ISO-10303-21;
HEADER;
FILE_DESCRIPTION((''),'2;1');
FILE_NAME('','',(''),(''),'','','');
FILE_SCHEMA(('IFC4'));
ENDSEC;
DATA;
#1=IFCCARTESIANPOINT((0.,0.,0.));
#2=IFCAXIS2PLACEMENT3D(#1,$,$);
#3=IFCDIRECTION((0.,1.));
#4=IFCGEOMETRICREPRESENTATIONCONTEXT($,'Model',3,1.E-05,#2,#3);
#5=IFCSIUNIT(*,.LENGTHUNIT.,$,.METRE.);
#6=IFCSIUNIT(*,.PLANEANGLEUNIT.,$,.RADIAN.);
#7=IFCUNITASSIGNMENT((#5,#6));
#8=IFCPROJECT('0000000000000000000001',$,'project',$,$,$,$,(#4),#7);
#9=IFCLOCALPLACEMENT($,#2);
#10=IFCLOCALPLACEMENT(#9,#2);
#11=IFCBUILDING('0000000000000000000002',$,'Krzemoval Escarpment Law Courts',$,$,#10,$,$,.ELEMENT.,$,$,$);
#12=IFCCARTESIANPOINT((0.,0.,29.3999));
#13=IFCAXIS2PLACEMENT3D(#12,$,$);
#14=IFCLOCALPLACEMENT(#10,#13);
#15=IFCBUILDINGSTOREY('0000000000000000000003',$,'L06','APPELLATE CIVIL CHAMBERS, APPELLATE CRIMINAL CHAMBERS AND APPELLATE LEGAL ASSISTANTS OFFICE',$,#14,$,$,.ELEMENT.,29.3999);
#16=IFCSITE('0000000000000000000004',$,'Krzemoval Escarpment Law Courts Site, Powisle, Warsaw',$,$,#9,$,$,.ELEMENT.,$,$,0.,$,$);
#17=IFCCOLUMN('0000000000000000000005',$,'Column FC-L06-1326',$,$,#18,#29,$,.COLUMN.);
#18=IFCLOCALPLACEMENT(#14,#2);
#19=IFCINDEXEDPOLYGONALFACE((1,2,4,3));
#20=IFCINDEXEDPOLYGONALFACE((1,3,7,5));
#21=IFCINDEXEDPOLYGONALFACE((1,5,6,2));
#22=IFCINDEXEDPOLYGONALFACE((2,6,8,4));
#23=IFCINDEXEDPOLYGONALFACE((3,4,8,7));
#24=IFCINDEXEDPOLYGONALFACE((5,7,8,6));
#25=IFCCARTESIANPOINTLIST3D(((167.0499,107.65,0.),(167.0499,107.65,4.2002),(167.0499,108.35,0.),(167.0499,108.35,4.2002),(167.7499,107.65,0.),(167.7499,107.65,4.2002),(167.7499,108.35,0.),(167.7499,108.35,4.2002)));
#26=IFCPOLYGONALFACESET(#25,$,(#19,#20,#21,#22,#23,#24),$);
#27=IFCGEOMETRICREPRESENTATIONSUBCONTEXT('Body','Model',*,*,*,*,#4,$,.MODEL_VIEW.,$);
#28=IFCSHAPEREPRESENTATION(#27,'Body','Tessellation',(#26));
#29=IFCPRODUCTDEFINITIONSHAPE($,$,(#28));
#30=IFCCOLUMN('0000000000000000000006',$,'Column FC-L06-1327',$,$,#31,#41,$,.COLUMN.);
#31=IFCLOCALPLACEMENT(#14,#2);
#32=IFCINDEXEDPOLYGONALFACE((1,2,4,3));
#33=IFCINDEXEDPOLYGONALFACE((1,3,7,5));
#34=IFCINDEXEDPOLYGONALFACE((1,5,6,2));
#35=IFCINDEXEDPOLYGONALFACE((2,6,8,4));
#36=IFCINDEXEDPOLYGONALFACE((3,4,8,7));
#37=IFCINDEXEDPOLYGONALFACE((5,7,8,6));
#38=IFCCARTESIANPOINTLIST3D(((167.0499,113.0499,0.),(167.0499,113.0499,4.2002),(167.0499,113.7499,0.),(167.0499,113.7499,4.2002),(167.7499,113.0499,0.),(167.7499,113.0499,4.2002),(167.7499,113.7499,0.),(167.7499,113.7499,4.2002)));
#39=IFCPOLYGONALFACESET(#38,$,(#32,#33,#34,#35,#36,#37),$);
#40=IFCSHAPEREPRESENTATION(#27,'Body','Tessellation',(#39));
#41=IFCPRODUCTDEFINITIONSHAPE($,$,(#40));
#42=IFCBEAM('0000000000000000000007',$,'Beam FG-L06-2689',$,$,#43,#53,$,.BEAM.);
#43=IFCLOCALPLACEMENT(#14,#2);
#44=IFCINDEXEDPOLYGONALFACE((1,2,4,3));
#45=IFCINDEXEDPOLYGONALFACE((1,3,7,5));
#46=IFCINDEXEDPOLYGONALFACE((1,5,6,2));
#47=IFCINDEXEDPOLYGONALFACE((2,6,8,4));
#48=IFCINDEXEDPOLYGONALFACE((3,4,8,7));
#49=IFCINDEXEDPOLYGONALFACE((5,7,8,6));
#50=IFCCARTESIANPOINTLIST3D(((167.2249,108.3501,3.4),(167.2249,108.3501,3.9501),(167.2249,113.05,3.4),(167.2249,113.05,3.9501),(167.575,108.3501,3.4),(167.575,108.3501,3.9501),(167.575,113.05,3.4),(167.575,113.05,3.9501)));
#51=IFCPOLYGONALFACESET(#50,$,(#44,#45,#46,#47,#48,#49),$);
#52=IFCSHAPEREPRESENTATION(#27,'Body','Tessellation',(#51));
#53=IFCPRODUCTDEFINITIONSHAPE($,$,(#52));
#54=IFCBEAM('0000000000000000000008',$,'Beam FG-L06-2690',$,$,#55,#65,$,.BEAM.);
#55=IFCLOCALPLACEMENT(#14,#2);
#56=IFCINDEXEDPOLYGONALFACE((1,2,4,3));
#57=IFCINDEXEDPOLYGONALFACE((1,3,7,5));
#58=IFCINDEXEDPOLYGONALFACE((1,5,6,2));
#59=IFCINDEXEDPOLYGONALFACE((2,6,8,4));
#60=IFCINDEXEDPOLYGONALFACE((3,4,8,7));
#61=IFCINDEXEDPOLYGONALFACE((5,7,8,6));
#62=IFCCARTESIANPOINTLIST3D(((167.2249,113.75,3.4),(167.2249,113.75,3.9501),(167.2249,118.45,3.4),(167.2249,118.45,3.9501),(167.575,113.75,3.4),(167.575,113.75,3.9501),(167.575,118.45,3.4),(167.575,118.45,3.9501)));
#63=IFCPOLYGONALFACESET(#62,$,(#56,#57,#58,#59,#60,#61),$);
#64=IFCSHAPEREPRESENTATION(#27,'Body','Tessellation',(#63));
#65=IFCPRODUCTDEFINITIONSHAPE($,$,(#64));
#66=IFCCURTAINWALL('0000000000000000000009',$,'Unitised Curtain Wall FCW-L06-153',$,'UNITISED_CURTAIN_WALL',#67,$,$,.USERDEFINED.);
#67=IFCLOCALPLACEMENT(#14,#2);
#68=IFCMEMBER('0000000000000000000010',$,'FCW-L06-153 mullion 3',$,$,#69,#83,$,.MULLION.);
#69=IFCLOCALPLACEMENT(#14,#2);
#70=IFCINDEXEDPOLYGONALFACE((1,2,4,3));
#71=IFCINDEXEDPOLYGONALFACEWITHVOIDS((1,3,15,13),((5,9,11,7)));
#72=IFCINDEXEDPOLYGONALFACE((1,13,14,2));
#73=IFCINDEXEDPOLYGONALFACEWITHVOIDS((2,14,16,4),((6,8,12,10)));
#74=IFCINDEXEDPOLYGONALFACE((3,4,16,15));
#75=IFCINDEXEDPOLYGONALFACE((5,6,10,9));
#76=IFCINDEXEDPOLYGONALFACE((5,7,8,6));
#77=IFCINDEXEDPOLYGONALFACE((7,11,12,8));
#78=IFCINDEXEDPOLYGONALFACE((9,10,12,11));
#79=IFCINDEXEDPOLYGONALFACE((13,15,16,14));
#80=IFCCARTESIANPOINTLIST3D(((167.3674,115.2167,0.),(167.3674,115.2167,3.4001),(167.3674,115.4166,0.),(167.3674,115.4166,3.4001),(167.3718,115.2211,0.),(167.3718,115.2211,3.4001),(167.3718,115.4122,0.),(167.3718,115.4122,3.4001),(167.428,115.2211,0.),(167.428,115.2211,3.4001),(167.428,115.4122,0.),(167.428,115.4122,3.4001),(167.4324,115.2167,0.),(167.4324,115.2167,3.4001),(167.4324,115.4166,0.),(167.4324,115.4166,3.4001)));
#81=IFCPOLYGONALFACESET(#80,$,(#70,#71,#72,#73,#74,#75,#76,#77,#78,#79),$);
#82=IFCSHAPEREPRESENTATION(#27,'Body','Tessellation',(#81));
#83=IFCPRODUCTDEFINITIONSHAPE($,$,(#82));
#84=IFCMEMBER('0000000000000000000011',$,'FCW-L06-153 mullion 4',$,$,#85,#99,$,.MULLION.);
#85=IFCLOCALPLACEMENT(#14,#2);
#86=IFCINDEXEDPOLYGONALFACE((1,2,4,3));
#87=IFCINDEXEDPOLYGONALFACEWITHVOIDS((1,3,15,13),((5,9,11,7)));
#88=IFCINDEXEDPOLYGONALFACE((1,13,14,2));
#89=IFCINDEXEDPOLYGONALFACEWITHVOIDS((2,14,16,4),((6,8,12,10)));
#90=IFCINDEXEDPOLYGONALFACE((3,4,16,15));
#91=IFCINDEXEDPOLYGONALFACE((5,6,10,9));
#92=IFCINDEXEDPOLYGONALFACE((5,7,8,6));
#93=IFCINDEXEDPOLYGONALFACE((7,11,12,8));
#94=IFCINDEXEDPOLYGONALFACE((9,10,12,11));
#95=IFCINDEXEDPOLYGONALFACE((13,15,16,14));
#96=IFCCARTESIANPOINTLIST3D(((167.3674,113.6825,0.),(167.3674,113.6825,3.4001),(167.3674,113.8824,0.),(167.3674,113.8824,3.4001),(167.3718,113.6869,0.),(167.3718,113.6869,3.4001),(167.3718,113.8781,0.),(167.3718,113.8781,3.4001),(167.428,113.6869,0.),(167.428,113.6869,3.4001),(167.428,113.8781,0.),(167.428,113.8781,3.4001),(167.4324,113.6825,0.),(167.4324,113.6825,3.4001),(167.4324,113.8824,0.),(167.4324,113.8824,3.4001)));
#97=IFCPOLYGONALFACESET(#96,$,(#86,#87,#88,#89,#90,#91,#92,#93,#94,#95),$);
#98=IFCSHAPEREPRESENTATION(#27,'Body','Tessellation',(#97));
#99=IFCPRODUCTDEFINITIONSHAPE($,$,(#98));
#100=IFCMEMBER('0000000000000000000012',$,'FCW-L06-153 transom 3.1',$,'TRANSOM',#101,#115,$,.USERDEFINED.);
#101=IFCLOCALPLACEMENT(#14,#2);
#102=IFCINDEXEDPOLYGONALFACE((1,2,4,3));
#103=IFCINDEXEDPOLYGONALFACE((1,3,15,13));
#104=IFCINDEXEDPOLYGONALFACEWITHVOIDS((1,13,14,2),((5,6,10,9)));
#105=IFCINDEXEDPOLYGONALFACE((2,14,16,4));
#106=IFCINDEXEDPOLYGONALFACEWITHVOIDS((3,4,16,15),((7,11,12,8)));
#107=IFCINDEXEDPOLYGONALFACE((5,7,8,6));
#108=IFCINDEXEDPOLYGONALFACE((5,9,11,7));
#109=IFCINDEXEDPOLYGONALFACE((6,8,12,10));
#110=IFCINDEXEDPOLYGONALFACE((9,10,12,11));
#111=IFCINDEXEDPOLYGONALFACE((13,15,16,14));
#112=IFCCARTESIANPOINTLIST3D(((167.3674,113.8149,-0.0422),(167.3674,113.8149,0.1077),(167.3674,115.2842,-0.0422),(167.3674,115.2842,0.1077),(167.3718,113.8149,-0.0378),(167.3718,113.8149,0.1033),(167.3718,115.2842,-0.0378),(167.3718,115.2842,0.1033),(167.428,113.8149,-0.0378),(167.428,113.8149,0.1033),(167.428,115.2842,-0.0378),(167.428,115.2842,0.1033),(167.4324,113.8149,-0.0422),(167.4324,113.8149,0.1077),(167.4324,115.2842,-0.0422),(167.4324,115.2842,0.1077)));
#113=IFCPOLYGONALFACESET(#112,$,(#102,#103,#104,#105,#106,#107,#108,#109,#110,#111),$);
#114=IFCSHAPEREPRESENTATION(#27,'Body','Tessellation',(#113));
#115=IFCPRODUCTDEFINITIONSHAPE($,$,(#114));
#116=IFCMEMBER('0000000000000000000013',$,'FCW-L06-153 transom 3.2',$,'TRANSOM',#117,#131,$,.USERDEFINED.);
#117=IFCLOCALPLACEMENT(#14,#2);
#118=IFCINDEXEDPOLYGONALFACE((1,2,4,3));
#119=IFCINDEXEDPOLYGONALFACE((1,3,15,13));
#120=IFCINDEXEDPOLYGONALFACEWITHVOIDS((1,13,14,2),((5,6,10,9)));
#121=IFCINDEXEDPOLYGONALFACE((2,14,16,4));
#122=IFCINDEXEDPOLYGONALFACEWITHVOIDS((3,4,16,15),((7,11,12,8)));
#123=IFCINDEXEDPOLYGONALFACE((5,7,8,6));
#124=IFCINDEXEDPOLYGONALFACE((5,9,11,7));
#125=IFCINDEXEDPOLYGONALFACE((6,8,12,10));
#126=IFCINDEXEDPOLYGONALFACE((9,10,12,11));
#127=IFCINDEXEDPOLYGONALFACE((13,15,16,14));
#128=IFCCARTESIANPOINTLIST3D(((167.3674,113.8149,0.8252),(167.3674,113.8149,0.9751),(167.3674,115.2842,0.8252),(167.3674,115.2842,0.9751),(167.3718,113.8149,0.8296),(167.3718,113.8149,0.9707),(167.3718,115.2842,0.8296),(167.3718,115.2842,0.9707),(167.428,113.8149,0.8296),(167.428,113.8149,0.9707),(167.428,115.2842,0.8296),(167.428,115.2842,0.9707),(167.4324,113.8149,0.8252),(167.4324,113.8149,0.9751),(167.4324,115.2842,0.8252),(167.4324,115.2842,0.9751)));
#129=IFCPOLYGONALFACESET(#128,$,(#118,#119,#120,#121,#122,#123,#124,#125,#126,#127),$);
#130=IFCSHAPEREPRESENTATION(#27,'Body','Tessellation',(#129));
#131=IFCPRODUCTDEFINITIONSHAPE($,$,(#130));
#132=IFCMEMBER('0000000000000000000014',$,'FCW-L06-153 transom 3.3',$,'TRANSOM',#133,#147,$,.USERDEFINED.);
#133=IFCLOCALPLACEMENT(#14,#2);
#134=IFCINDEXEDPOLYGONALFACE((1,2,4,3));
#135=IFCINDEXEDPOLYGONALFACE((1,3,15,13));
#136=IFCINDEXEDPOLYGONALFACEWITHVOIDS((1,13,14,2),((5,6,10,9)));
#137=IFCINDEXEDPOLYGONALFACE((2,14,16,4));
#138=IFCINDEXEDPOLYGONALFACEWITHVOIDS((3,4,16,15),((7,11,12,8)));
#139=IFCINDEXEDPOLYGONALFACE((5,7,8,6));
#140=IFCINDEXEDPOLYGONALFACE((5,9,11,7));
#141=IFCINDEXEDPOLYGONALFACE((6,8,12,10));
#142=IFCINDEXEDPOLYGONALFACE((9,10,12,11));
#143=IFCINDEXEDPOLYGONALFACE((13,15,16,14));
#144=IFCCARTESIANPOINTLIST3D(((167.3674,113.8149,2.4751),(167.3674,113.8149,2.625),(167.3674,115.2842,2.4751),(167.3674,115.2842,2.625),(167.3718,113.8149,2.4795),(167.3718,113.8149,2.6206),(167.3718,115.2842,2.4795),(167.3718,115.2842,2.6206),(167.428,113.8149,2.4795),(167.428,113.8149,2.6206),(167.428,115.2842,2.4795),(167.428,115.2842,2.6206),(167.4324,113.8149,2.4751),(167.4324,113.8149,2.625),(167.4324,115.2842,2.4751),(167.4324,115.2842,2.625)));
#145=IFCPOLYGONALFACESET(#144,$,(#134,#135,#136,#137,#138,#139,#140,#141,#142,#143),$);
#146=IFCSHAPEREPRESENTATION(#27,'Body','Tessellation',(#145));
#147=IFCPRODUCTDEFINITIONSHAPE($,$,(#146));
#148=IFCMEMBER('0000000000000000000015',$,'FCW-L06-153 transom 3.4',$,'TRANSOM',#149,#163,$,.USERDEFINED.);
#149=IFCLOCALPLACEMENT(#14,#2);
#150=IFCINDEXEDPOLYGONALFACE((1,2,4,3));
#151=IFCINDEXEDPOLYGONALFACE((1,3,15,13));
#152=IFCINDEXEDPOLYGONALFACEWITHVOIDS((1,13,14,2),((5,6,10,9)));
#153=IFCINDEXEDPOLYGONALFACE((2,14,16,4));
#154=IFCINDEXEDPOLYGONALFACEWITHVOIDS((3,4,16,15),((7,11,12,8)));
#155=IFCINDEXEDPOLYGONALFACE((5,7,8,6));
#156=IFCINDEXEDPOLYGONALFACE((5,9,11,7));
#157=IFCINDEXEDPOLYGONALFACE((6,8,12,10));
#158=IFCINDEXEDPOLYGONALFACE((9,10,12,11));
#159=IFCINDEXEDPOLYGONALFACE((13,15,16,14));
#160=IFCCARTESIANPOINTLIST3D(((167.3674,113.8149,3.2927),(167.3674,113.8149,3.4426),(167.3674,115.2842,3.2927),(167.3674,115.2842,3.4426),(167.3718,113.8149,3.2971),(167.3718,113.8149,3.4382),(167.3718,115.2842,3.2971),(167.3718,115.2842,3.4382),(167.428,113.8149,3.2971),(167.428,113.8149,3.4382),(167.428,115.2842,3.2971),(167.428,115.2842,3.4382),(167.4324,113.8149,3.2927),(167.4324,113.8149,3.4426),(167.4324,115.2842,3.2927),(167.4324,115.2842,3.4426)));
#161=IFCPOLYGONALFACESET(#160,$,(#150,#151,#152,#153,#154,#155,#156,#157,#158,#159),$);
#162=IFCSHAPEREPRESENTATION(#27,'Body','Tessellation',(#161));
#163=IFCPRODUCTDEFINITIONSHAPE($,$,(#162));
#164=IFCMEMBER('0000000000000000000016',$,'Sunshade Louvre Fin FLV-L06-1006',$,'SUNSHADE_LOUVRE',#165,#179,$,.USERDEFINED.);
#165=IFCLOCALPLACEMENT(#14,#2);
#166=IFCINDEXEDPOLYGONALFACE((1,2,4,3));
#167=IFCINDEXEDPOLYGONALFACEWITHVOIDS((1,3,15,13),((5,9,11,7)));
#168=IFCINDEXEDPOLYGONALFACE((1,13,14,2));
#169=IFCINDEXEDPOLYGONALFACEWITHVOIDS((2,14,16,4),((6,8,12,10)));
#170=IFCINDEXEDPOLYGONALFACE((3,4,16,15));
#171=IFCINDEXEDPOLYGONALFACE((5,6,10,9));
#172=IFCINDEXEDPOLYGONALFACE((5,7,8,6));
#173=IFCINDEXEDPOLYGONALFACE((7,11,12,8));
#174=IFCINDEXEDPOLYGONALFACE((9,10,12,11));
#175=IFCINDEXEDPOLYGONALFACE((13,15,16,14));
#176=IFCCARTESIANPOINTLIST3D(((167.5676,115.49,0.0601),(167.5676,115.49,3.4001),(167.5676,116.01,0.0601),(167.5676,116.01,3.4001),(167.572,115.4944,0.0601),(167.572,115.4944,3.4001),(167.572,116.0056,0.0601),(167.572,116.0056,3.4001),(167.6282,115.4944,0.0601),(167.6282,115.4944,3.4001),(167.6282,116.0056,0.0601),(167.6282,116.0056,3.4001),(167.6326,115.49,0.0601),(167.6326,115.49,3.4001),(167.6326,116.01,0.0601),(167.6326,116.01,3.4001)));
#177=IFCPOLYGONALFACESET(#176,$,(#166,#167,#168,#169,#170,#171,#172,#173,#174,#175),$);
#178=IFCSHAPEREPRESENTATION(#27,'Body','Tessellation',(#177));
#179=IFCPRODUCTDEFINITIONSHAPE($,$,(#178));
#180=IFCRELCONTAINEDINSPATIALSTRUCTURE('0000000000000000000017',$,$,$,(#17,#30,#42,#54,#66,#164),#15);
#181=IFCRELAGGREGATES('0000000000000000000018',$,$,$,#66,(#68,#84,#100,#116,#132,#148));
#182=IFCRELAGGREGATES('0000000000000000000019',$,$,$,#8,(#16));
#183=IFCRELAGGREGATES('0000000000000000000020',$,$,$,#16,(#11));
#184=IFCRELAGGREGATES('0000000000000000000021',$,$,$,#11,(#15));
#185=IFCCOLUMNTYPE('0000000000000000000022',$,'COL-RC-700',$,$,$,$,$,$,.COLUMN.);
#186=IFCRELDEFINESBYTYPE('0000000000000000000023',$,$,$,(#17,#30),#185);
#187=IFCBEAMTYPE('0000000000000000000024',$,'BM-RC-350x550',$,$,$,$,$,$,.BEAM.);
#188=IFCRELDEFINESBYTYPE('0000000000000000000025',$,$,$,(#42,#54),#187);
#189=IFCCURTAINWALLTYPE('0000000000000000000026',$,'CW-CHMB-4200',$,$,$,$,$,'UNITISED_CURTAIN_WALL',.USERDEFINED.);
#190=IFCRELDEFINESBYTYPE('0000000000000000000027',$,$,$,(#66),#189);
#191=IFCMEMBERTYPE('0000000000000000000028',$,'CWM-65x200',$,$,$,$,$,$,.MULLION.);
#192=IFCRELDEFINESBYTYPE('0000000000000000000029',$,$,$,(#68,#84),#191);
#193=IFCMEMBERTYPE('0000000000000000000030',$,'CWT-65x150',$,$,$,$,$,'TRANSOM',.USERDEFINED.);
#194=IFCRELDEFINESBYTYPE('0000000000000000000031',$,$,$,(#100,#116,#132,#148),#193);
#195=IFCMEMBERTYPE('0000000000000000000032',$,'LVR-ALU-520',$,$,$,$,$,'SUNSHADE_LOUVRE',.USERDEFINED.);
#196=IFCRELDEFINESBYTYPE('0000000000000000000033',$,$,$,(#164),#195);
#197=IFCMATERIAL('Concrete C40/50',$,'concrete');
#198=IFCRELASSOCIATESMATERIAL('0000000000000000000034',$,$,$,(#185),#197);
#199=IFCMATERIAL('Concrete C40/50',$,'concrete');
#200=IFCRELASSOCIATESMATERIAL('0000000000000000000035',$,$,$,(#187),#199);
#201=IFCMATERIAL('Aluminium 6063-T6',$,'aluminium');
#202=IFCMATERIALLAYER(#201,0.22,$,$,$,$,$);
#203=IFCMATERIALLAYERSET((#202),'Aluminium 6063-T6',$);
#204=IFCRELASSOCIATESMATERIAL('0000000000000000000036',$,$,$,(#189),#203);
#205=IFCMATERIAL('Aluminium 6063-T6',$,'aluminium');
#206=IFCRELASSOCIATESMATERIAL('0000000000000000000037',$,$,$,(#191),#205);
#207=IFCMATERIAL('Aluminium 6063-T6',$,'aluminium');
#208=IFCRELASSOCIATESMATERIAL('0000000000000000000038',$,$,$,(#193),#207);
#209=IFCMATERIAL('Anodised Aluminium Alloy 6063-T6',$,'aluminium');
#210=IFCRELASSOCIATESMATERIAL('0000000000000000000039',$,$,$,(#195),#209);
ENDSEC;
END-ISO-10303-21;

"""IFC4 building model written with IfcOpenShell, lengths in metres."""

from ifc_helpers import new_model, si_unit, direction, frame, origin, origin_2d, place, context, subcontext, project, spatial, rectangle, hollow_rectangle, extrude, material, layer, layer_set, material_profile, profile_set, type_object, element, aggregate, save


model = new_model("IFC4")

# Units and contexts
model_context = context("Model", 3, precision=1e-05, world=origin(), true_north=direction((0.0, 1.0)))
body_context = subcontext(model_context, "Body", "Model", "MODEL_VIEW")
ifc_project = project(units=[si_unit("LENGTHUNIT", "METRE"), si_unit("PLANEANGLEUNIT", "RADIAN")], contexts=[model_context])

# Site, building, storey
site_placement = place(None, origin())
site = spatial("IfcSite", under=ifc_project, at=site_placement, Name="Krzemoval Escarpment Law Courts Site, Powisle, Warsaw", CompositionType="ELEMENT", RefElevation=0.0)
building_placement = place(site_placement, origin())
building = spatial("IfcBuilding", under=site, at=building_placement, Name="Krzemoval Escarpment Law Courts", CompositionType="ELEMENT")
storey_placement = place(building_placement, frame((0.0, 0.0, 29.3999)))
storey = spatial("IfcBuildingStorey", under=building, at=storey_placement, Name="L06", Description="APPELLATE CIVIL CHAMBERS, APPELLATE CRIMINAL CHAMBERS AND APPELLATE LEGAL ASSISTANTS OFFICE", CompositionType="ELEMENT", Elevation=29.3999)

# Columns
ifc_material_1 = material(Name="Concrete C40/50", Category="concrete")
ifc_material_profile_1 = material_profile(ifc_material_1, rectangle(XDim=0.7, YDim=0.7, at=origin_2d()), Name="RC 700x700")
ifc_profile_set_1 = profile_set([ifc_material_profile_1], Name="Concrete C40/50")
column_type = type_object("IfcColumnType", Name="COL-RC-700", PredefinedType="COLUMN", material=ifc_profile_set_1)
for number, where, z_axis, x_axis, name in (
    (1, (167.3999, 108.0, 0.0), (0.0, 0.0, 1.0), (1.0, 0.0, 0.0), "Column FC-L06-1326"),
    (2, (167.3999, 113.3999, 0.0), (0.0, 0.0, 1.0), (1.0, 0.0, 0.0), "Column FC-L06-1327"),
):
    element("IfcColumn", number, at=place(storey_placement, frame(where, z_axis=z_axis, x_axis=x_axis)), inside=storey, type_object=column_type, Name=name, PredefinedType="COLUMN", context=body_context, shape_type="SweptSolid", body=[
        extrude(rectangle(XDim=0.7, YDim=0.7, at=origin_2d()), origin(), (0.0, 0.0, 1.0), 4.2002),
    ])

# Beams
ifc_material_2 = material(Name="Concrete C40/50", Category="concrete")
ifc_material_profile_2 = material_profile(ifc_material_2, rectangle(XDim=0.3501, YDim=0.55, at=origin_2d()), Name="RCB 350x550")
ifc_profile_set_2 = profile_set([ifc_material_profile_2], Name="Concrete C40/50")
beam_type = type_object("IfcBeamType", Name="BM-RC-350x550", PredefinedType="BEAM", material=ifc_profile_set_2)
for number, where, z_axis, x_axis, name in (
    (3, (167.3999, 108.3501, 3.675), (0.0, 1.0, 0.0), (-1.0, 0.0, 0.0), "Beam FG-L06-2689"),
    (4, (167.3999, 113.75, 3.675), (0.0, 1.0, 0.0), (-1.0, 0.0, 0.0), "Beam FG-L06-2690"),
):
    element("IfcBeam", number, at=place(storey_placement, frame(where, z_axis=z_axis, x_axis=x_axis)), inside=storey, type_object=beam_type, Name=name, PredefinedType="BEAM", context=body_context, shape_type="SweptSolid", body=[
        extrude(rectangle(XDim=0.3501, YDim=0.55, at=origin_2d()), origin(), (0.0, 0.0, 1.0), 4.7),
    ])

# Curtain wall, members
ifc_material_3 = material(Name="Aluminium 6063-T6", Category="aluminium")
ifc_layer_1 = layer(ifc_material_3, 0.22)
ifc_layer_set_1 = layer_set([ifc_layer_1], Name="Aluminium 6063-T6")
curtain_wall_type = type_object("IfcCurtainWallType", Name="CW-CHMB-4200", ElementType="UNITISED_CURTAIN_WALL", PredefinedType="USERDEFINED", material=ifc_layer_set_1)
curtain_wall_placement = place(storey_placement, origin())
curtain_wall = element("IfcCurtainWall", 5, at=curtain_wall_placement, inside=storey, type_object=curtain_wall_type, Name="Unitised Curtain Wall FCW-L06-153", ObjectType="UNITISED_CURTAIN_WALL", PredefinedType="USERDEFINED")
ifc_material_4 = material(Name="Aluminium 6063-T6", Category="aluminium")
ifc_material_profile_3 = material_profile(ifc_material_4, hollow_rectangle(XDim=0.0649, YDim=0.2, WallThickness=0.0044, at=origin_2d()), Name="ALU M65x200")
ifc_profile_set_3 = profile_set([ifc_material_profile_3], Name="Aluminium 6063-T6")
member_type_1 = type_object("IfcMemberType", Name="CWM-65x200", PredefinedType="MULLION", material=ifc_profile_set_3)
member_1_placement = place(storey_placement, frame((167.3999, 115.3167, 0.0), z_axis=(0.0, 0.0, 1.0), x_axis=(1.0, 0.0, 0.0)))
member_1 = element("IfcMember", 6, at=member_1_placement, type_object=member_type_1, Name="FCW-L06-153 mullion 3", PredefinedType="MULLION", context=body_context, shape_type="SweptSolid", body=[
    extrude(hollow_rectangle(XDim=0.0649, YDim=0.2, WallThickness=0.0044, at=origin_2d()), origin(), (0.0, 0.0, 1.0), 3.4001),
])
member_2_placement = place(storey_placement, frame((167.3999, 113.7825, 0.0), z_axis=(0.0, 0.0, 1.0), x_axis=(1.0, 0.0, 0.0)))
member_2 = element("IfcMember", 7, at=member_2_placement, type_object=member_type_1, Name="FCW-L06-153 mullion 4", PredefinedType="MULLION", context=body_context, shape_type="SweptSolid", body=[
    extrude(hollow_rectangle(XDim=0.0649, YDim=0.2, WallThickness=0.0044, at=origin_2d()), origin(), (0.0, 0.0, 1.0), 3.4001),
])
ifc_material_5 = material(Name="Aluminium 6063-T6", Category="aluminium")
ifc_material_profile_4 = material_profile(ifc_material_5, hollow_rectangle(XDim=0.0649, YDim=0.1499, WallThickness=0.0044, at=origin_2d()), Name="ALU T65x150")
ifc_profile_set_4 = profile_set([ifc_material_profile_4], Name="Aluminium 6063-T6")
member_type_2 = type_object("IfcMemberType", Name="CWT-65x150", ElementType="TRANSOM", PredefinedType="USERDEFINED", material=ifc_profile_set_4)
member_3_placement = place(storey_placement, frame((167.3999, 115.2842, 0.0327), z_axis=(0.0, -1.0, 0.0), x_axis=(1.0, 0.0, 0.0)))
member_3 = element("IfcMember", 8, at=member_3_placement, type_object=member_type_2, Name="FCW-L06-153 transom 3.1", ObjectType="TRANSOM", PredefinedType="USERDEFINED", context=body_context, shape_type="SweptSolid", body=[
    extrude(hollow_rectangle(XDim=0.0649, YDim=0.1499, WallThickness=0.0044, at=origin_2d()), origin(), (0.0, 0.0, 1.0), 1.4692),
])
member_4_placement = place(storey_placement, frame((167.3999, 115.2842, 0.9001), z_axis=(0.0, -1.0, 0.0), x_axis=(1.0, 0.0, 0.0)))
member_4 = element("IfcMember", 9, at=member_4_placement, type_object=member_type_2, Name="FCW-L06-153 transom 3.2", ObjectType="TRANSOM", PredefinedType="USERDEFINED", context=body_context, shape_type="SweptSolid", body=[
    extrude(hollow_rectangle(XDim=0.0649, YDim=0.1499, WallThickness=0.0044, at=origin_2d()), origin(), (0.0, 0.0, 1.0), 1.4692),
])
member_5_placement = place(storey_placement, frame((167.3999, 115.2842, 2.55), z_axis=(0.0, -1.0, 0.0), x_axis=(1.0, 0.0, 0.0)))
member_5 = element("IfcMember", 10, at=member_5_placement, type_object=member_type_2, Name="FCW-L06-153 transom 3.3", ObjectType="TRANSOM", PredefinedType="USERDEFINED", context=body_context, shape_type="SweptSolid", body=[
    extrude(hollow_rectangle(XDim=0.0649, YDim=0.1499, WallThickness=0.0044, at=origin_2d()), origin(), (0.0, 0.0, 1.0), 1.4692),
])
member_6_placement = place(storey_placement, frame((167.3999, 115.2842, 3.3677), z_axis=(0.0, -1.0, 0.0), x_axis=(1.0, 0.0, 0.0)))
member_6 = element("IfcMember", 11, at=member_6_placement, type_object=member_type_2, Name="FCW-L06-153 transom 3.4", ObjectType="TRANSOM", PredefinedType="USERDEFINED", context=body_context, shape_type="SweptSolid", body=[
    extrude(hollow_rectangle(XDim=0.0649, YDim=0.1499, WallThickness=0.0044, at=origin_2d()), origin(), (0.0, 0.0, 1.0), 1.4692),
])

# Member
ifc_material_6 = material(Name="Anodised Aluminium Alloy 6063-T6", Category="aluminium")
ifc_material_profile_5 = material_profile(ifc_material_6, hollow_rectangle(XDim=0.0649, YDim=0.52, WallThickness=0.0044, at=origin_2d()), Name="ALU LVR 65x520")
ifc_profile_set_5 = profile_set([ifc_material_profile_5], Name="Anodised Aluminium Alloy 6063-T6")
member_type_3 = type_object("IfcMemberType", Name="LVR-ALU-520", ElementType="SUNSHADE_LOUVRE", PredefinedType="USERDEFINED", material=ifc_profile_set_5)
for number, where, z_axis, x_axis, name in (
    (12, (167.6001, 115.75, 0.0601), (0.0, 0.0, 1.0), (1.0, 0.0, 0.0), "Sunshade Louvre Fin FLV-L06-1006"),
):
    element("IfcMember", number, at=place(storey_placement, frame(where, z_axis=z_axis, x_axis=x_axis)), inside=storey, type_object=member_type_3, Name=name, ObjectType="SUNSHADE_LOUVRE", PredefinedType="USERDEFINED", context=body_context, shape_type="SweptSolid", body=[
        extrude(hollow_rectangle(XDim=0.0649, YDim=0.52, WallThickness=0.0044, at=origin_2d()), origin(), (0.0, 0.0, 1.0), 3.3401),
    ])

aggregate(curtain_wall, [member_1, member_2, member_3, member_4, member_5, member_6])

save(model, "model.ifc")
